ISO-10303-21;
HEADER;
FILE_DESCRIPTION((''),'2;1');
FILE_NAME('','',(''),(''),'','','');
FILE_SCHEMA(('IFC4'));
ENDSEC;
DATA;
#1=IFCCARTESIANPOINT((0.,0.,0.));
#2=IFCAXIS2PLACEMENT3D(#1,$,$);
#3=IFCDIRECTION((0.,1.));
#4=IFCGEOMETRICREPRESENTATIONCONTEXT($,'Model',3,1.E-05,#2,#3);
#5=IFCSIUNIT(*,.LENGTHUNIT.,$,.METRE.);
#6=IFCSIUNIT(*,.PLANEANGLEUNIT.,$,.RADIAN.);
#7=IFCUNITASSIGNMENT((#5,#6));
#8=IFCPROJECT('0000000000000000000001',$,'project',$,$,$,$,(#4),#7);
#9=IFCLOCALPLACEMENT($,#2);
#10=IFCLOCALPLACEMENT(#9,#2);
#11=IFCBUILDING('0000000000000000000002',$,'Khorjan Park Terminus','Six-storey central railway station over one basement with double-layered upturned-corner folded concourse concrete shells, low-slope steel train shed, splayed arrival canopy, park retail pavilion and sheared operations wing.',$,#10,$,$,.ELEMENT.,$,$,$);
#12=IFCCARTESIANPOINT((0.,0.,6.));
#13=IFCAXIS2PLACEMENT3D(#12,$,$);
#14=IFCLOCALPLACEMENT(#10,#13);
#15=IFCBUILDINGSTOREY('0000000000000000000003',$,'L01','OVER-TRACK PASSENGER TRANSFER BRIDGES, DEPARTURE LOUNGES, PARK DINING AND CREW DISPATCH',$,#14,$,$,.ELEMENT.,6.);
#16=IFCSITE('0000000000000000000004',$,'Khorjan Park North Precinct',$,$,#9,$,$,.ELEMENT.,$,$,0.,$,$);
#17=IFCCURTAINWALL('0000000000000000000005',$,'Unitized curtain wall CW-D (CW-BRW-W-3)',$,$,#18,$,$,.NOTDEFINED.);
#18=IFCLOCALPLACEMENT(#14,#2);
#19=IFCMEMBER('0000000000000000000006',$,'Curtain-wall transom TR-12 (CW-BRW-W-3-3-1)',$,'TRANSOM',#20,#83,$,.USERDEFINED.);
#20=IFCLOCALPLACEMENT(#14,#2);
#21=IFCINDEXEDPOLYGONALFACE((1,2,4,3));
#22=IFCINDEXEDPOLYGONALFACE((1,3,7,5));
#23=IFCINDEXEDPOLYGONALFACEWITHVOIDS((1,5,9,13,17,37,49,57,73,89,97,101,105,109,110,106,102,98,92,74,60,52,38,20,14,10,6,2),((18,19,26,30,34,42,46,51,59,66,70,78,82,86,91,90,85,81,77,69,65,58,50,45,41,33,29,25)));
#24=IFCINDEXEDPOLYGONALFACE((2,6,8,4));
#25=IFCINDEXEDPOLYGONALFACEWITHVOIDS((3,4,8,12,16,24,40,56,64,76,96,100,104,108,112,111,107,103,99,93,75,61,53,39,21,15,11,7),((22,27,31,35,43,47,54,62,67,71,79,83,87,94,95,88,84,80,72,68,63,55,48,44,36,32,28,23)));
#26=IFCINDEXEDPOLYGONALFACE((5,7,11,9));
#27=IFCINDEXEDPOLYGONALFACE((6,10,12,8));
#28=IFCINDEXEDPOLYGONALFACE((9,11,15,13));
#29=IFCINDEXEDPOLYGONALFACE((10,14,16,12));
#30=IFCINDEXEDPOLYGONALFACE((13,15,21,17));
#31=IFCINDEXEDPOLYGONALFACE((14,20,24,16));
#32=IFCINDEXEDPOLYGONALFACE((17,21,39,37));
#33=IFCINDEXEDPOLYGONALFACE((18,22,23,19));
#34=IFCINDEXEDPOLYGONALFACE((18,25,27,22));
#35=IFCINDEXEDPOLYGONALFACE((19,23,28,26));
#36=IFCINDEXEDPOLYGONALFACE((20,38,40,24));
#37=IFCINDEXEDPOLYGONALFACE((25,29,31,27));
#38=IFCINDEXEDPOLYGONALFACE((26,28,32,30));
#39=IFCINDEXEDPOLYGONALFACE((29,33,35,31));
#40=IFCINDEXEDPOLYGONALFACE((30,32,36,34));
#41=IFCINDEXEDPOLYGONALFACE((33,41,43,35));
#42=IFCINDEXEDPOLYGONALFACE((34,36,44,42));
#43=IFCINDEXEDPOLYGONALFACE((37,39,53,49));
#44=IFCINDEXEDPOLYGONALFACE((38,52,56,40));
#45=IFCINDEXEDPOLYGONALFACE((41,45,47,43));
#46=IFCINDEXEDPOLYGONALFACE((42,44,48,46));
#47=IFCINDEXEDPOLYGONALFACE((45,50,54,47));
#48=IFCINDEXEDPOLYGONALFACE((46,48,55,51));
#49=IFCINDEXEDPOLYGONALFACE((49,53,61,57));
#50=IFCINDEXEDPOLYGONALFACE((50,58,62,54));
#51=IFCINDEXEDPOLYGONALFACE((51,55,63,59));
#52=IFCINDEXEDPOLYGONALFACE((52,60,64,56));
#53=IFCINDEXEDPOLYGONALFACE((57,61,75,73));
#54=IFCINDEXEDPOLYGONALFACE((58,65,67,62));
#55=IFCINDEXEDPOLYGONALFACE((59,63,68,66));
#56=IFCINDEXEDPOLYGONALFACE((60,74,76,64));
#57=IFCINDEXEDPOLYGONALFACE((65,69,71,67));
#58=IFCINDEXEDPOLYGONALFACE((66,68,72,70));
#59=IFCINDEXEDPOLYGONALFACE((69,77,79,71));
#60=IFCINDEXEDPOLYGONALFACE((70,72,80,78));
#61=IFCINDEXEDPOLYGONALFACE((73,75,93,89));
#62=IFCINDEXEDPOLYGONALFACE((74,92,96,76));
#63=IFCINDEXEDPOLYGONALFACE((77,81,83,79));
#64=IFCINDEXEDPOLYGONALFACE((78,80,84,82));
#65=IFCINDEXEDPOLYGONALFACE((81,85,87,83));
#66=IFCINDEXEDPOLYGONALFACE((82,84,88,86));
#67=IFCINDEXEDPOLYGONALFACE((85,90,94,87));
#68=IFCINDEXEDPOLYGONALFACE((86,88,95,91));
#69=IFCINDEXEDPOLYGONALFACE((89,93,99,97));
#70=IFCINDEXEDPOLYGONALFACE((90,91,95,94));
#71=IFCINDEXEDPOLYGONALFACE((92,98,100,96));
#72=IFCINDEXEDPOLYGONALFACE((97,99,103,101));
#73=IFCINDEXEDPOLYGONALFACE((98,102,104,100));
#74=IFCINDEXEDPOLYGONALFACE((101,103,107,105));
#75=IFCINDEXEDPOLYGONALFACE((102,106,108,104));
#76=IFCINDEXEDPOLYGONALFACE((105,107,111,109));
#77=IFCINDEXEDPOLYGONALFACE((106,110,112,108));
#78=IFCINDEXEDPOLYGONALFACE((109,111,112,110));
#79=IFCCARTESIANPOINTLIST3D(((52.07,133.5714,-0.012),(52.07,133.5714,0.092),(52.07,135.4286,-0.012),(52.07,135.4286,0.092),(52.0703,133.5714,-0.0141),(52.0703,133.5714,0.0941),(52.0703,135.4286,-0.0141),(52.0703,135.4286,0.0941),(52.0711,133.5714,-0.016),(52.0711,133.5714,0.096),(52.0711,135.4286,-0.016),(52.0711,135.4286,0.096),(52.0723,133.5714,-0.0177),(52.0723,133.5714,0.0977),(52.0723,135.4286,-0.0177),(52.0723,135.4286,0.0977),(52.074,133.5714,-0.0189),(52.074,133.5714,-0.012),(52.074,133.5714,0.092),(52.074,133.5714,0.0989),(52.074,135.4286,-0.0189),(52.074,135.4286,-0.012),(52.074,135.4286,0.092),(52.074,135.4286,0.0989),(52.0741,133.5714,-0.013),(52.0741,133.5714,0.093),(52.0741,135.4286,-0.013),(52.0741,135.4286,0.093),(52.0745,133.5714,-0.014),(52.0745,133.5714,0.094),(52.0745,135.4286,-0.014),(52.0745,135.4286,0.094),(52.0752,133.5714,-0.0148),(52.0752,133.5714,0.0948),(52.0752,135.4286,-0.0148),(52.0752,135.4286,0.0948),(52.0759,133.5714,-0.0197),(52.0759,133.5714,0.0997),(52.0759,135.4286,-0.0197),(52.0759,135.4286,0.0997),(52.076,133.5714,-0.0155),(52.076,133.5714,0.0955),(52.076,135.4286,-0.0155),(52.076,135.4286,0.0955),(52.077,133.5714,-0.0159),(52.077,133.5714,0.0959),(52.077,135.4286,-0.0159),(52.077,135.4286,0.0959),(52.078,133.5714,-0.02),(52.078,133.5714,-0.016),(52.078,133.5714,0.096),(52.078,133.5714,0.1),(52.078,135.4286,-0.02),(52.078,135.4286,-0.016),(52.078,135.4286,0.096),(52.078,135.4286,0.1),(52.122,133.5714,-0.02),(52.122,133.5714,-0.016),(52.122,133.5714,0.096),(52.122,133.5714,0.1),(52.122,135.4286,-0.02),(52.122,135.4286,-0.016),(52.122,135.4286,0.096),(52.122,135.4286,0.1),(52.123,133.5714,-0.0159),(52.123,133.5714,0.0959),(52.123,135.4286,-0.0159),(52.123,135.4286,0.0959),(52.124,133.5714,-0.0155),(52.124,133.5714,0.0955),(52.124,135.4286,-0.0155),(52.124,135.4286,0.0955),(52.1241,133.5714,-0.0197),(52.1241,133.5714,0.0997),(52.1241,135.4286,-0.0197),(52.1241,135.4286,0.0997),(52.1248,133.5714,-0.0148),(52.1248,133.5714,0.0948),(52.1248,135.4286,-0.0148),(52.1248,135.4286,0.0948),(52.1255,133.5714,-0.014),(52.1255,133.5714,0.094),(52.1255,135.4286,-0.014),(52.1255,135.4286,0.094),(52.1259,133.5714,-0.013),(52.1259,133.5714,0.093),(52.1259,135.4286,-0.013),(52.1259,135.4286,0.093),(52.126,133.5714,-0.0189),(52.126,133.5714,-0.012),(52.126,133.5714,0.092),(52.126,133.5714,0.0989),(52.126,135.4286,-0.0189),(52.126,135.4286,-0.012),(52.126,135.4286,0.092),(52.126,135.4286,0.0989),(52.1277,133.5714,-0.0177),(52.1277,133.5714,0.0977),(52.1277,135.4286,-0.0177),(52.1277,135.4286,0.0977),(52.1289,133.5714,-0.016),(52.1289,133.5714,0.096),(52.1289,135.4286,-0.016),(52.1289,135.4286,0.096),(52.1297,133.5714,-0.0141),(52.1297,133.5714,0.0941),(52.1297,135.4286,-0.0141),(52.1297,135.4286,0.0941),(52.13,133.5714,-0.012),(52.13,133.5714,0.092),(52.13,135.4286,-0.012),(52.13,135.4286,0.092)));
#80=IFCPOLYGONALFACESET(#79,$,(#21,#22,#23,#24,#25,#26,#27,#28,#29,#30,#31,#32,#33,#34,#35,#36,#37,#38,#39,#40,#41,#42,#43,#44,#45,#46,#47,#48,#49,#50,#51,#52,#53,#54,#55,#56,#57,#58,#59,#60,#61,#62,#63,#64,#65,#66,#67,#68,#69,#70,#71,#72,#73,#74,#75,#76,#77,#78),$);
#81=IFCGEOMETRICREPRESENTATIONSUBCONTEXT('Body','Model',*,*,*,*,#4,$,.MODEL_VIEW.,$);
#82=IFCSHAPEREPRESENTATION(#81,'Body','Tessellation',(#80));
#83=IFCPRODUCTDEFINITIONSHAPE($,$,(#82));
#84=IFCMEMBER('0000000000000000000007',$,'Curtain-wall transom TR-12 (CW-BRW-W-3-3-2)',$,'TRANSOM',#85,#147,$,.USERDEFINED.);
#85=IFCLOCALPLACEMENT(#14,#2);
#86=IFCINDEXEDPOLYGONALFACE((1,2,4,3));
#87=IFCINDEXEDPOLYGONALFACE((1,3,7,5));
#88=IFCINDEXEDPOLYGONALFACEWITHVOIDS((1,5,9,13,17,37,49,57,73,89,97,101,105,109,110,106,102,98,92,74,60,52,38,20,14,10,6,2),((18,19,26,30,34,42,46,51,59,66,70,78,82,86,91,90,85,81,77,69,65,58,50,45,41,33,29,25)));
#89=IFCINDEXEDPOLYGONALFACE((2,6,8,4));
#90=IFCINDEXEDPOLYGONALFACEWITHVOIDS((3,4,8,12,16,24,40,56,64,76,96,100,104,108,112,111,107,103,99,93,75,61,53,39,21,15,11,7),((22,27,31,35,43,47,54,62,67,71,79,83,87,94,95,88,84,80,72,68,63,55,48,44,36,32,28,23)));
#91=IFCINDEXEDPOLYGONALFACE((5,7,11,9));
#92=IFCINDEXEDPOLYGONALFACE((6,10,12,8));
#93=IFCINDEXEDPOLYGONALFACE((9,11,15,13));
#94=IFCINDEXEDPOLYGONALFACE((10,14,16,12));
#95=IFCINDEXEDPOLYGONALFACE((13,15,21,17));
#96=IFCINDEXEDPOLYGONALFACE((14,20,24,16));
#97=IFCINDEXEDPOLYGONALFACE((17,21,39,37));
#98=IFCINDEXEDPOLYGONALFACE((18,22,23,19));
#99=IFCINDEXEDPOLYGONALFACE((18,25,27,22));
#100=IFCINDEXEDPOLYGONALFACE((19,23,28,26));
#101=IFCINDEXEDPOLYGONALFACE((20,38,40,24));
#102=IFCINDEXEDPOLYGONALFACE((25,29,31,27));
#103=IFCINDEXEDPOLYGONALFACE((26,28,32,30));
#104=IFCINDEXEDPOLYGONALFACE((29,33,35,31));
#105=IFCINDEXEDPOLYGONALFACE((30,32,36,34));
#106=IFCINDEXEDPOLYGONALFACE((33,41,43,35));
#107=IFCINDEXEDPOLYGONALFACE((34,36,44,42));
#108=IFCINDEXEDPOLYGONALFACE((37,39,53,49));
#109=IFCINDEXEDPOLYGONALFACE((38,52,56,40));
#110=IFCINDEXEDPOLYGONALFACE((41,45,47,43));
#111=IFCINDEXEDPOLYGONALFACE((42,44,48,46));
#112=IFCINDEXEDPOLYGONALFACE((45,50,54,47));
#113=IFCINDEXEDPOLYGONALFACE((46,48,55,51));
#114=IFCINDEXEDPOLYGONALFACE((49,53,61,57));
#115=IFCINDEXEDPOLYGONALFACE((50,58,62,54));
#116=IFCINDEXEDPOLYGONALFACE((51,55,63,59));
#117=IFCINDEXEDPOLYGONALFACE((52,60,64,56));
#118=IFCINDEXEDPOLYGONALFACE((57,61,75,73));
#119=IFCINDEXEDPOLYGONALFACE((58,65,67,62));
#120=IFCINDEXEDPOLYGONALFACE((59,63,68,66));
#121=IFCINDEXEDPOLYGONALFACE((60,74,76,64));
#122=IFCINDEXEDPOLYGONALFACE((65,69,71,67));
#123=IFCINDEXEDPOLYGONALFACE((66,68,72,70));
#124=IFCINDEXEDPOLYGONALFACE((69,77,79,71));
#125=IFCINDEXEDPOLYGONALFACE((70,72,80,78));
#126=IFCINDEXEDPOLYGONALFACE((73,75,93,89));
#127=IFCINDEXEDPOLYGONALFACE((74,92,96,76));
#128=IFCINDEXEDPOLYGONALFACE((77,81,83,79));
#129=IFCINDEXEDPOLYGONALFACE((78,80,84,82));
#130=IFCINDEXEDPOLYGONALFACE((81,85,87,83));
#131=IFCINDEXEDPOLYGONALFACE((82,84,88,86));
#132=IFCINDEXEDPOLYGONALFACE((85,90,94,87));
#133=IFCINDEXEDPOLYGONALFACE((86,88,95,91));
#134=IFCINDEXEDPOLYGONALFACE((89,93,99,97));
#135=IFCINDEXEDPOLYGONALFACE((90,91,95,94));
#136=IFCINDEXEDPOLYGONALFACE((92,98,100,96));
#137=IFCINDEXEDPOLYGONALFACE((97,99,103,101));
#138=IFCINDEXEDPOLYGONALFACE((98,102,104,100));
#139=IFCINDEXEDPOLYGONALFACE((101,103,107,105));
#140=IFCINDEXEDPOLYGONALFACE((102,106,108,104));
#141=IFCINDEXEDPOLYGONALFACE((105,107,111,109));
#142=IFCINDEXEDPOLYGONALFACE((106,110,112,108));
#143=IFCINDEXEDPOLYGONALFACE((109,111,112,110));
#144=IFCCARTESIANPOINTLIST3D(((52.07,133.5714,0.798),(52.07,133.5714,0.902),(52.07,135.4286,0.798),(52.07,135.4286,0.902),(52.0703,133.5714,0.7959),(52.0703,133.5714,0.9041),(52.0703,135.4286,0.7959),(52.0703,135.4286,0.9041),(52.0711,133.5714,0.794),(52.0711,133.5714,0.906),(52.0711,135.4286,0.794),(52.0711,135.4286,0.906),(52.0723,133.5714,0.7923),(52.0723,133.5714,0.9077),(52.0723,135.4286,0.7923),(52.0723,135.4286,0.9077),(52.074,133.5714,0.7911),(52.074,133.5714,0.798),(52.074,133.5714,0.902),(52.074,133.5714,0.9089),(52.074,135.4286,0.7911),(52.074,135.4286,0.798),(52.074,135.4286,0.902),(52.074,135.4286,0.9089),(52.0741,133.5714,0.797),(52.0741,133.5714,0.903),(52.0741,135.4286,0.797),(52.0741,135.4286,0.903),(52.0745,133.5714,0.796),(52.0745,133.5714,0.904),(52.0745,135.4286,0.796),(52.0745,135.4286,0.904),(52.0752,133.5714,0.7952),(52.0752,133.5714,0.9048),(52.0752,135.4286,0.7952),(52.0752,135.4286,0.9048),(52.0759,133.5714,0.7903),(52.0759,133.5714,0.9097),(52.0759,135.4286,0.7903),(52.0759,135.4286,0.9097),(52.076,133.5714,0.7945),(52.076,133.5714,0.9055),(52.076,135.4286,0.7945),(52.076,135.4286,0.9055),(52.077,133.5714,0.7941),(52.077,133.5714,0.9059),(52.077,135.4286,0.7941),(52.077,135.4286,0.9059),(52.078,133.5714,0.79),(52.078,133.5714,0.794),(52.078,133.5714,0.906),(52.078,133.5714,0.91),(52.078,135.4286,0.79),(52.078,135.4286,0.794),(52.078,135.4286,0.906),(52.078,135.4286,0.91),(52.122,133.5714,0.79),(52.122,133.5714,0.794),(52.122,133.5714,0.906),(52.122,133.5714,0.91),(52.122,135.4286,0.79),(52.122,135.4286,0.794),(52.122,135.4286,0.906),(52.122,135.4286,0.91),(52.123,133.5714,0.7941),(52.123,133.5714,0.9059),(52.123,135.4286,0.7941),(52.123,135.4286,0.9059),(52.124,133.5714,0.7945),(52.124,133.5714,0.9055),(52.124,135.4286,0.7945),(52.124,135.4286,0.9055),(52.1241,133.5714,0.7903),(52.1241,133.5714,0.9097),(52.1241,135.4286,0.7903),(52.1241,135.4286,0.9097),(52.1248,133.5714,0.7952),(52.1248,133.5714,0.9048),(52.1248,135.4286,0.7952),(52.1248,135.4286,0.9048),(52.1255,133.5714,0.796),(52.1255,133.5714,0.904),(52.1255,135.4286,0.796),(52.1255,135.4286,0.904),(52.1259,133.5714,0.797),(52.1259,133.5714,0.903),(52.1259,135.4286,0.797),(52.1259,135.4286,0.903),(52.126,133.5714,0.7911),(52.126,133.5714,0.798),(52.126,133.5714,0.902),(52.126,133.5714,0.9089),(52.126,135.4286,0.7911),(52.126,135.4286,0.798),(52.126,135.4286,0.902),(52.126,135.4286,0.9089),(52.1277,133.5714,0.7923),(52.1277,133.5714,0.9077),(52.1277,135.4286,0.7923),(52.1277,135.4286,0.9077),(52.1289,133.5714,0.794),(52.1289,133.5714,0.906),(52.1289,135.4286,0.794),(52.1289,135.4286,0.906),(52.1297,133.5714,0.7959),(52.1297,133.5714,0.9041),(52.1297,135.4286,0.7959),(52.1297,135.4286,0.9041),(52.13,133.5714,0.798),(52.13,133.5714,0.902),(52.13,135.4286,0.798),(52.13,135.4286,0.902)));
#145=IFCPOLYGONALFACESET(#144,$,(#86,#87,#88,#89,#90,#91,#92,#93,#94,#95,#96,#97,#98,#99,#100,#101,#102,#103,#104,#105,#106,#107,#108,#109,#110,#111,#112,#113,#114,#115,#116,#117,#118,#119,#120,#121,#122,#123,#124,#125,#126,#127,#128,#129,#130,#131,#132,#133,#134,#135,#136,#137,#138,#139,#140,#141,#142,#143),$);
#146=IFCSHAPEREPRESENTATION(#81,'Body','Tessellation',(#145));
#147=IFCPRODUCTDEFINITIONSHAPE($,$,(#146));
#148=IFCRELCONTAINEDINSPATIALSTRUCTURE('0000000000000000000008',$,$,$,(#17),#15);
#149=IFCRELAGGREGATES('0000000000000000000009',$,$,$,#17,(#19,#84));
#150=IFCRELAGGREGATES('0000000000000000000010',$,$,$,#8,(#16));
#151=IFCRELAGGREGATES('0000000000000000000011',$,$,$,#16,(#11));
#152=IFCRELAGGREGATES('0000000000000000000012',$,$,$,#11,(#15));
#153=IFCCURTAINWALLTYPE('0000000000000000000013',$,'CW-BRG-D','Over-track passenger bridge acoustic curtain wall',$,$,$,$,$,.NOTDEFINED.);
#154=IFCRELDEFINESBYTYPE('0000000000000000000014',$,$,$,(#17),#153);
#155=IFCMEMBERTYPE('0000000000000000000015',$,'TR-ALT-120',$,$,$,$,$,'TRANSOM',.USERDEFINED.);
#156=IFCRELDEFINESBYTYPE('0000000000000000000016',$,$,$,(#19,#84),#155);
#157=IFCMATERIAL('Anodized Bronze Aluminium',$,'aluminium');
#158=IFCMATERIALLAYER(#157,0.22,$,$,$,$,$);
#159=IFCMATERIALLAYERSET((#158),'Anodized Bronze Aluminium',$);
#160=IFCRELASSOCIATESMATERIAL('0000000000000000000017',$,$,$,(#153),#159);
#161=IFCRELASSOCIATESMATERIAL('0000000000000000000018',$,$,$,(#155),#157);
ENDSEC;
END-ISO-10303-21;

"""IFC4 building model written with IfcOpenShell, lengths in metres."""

from ifc_helpers import new_model, si_unit, direction, frame, origin, origin_2d, place, context, subcontext, project, spatial, hollow_rectangle, extrude, material, layer, layer_set, material_profile, profile_set, type_object, element, aggregate, save


model = new_model("IFC4")

# Units and contexts
model_context = context("Model", 3, precision=1e-05, world=origin(), true_north=direction((0.0, 1.0)))
body_context = subcontext(model_context, "Body", "Model", "MODEL_VIEW")
ifc_project = project(units=[si_unit("LENGTHUNIT", "METRE"), si_unit("PLANEANGLEUNIT", "RADIAN")], contexts=[model_context])

# Site, building, storey
site_placement = place(None, origin())
site = spatial("IfcSite", under=ifc_project, at=site_placement, Name="Khorjan Park North Precinct", CompositionType="ELEMENT", RefElevation=0.0)
building_placement = place(site_placement, origin())
building = spatial("IfcBuilding", under=site, at=building_placement, Name="Khorjan Park Terminus", Description="Six-storey central railway station over one basement with double-layered upturned-corner folded concourse concrete shells, low-slope steel train shed, splayed arrival canopy, park retail pavilion and sheared operations wing.", CompositionType="ELEMENT")
storey_placement = place(building_placement, frame((0.0, 0.0, 6.0)))
storey = spatial("IfcBuildingStorey", under=building, at=storey_placement, Name="L01", Description="OVER-TRACK PASSENGER TRANSFER BRIDGES, DEPARTURE LOUNGES, PARK DINING AND CREW DISPATCH", CompositionType="ELEMENT", Elevation=6.0)

# Curtain wall, members
ifc_material_1 = material(Name="Anodized Bronze Aluminium", Category="aluminium")
ifc_layer_1 = layer(ifc_material_1, 0.22)
ifc_layer_set_1 = layer_set([ifc_layer_1], Name="Anodized Bronze Aluminium")
curtain_wall_type = type_object("IfcCurtainWallType", Name="CW-BRG-D", Description="Over-track passenger bridge acoustic curtain wall", PredefinedType="NOTDEFINED", material=ifc_layer_set_1)
curtain_wall_placement = place(storey_placement, origin())
curtain_wall = element("IfcCurtainWall", 1, at=curtain_wall_placement, inside=storey, type_object=curtain_wall_type, Name="Unitized curtain wall CW-D (CW-BRW-W-3)", PredefinedType="NOTDEFINED")
ifc_material_profile_1 = material_profile(ifc_material_1, hollow_rectangle(XDim=0.06, YDim=0.12, WallThickness=0.004, InnerFilletRadius=0.004, OuterFilletRadius=0.008, at=origin_2d()), Name="ALT 60x120x4")
ifc_profile_set_1 = profile_set([ifc_material_profile_1], Name="Anodized Bronze Aluminium")
member_type_1 = type_object("IfcMemberType", Name="TR-ALT-120", ElementType="TRANSOM", PredefinedType="USERDEFINED", material=ifc_profile_set_1)
member_1_placement = place(storey_placement, frame((52.1, 135.4286, 0.04), z_axis=(0.0, -1.0, 0.0), x_axis=(1.0, 0.0, 0.0)))
member_1 = element("IfcMember", 2, at=member_1_placement, type_object=member_type_1, Name="Curtain-wall transom TR-12 (CW-BRW-W-3-3-1)", ObjectType="TRANSOM", PredefinedType="USERDEFINED", context=body_context, shape_type="SweptSolid", body=[
    extrude(hollow_rectangle(XDim=0.06, YDim=0.12, WallThickness=0.004, InnerFilletRadius=0.004, OuterFilletRadius=0.008, at=origin_2d()), origin(), (0.0, 0.0, 1.0), 1.8572),
])
member_2_placement = place(storey_placement, frame((52.1, 135.4286, 0.85), z_axis=(0.0, -1.0, 0.0), x_axis=(1.0, 0.0, 0.0)))
member_2 = element("IfcMember", 3, at=member_2_placement, type_object=member_type_1, Name="Curtain-wall transom TR-12 (CW-BRW-W-3-3-2)", ObjectType="TRANSOM", PredefinedType="USERDEFINED", context=body_context, shape_type="SweptSolid", body=[
    extrude(hollow_rectangle(XDim=0.06, YDim=0.12, WallThickness=0.004, InnerFilletRadius=0.004, OuterFilletRadius=0.008, at=origin_2d()), origin(), (0.0, 0.0, 1.0), 1.8572),
])
aggregate(curtain_wall, [member_1, member_2])

save(model, "model.ifc")
